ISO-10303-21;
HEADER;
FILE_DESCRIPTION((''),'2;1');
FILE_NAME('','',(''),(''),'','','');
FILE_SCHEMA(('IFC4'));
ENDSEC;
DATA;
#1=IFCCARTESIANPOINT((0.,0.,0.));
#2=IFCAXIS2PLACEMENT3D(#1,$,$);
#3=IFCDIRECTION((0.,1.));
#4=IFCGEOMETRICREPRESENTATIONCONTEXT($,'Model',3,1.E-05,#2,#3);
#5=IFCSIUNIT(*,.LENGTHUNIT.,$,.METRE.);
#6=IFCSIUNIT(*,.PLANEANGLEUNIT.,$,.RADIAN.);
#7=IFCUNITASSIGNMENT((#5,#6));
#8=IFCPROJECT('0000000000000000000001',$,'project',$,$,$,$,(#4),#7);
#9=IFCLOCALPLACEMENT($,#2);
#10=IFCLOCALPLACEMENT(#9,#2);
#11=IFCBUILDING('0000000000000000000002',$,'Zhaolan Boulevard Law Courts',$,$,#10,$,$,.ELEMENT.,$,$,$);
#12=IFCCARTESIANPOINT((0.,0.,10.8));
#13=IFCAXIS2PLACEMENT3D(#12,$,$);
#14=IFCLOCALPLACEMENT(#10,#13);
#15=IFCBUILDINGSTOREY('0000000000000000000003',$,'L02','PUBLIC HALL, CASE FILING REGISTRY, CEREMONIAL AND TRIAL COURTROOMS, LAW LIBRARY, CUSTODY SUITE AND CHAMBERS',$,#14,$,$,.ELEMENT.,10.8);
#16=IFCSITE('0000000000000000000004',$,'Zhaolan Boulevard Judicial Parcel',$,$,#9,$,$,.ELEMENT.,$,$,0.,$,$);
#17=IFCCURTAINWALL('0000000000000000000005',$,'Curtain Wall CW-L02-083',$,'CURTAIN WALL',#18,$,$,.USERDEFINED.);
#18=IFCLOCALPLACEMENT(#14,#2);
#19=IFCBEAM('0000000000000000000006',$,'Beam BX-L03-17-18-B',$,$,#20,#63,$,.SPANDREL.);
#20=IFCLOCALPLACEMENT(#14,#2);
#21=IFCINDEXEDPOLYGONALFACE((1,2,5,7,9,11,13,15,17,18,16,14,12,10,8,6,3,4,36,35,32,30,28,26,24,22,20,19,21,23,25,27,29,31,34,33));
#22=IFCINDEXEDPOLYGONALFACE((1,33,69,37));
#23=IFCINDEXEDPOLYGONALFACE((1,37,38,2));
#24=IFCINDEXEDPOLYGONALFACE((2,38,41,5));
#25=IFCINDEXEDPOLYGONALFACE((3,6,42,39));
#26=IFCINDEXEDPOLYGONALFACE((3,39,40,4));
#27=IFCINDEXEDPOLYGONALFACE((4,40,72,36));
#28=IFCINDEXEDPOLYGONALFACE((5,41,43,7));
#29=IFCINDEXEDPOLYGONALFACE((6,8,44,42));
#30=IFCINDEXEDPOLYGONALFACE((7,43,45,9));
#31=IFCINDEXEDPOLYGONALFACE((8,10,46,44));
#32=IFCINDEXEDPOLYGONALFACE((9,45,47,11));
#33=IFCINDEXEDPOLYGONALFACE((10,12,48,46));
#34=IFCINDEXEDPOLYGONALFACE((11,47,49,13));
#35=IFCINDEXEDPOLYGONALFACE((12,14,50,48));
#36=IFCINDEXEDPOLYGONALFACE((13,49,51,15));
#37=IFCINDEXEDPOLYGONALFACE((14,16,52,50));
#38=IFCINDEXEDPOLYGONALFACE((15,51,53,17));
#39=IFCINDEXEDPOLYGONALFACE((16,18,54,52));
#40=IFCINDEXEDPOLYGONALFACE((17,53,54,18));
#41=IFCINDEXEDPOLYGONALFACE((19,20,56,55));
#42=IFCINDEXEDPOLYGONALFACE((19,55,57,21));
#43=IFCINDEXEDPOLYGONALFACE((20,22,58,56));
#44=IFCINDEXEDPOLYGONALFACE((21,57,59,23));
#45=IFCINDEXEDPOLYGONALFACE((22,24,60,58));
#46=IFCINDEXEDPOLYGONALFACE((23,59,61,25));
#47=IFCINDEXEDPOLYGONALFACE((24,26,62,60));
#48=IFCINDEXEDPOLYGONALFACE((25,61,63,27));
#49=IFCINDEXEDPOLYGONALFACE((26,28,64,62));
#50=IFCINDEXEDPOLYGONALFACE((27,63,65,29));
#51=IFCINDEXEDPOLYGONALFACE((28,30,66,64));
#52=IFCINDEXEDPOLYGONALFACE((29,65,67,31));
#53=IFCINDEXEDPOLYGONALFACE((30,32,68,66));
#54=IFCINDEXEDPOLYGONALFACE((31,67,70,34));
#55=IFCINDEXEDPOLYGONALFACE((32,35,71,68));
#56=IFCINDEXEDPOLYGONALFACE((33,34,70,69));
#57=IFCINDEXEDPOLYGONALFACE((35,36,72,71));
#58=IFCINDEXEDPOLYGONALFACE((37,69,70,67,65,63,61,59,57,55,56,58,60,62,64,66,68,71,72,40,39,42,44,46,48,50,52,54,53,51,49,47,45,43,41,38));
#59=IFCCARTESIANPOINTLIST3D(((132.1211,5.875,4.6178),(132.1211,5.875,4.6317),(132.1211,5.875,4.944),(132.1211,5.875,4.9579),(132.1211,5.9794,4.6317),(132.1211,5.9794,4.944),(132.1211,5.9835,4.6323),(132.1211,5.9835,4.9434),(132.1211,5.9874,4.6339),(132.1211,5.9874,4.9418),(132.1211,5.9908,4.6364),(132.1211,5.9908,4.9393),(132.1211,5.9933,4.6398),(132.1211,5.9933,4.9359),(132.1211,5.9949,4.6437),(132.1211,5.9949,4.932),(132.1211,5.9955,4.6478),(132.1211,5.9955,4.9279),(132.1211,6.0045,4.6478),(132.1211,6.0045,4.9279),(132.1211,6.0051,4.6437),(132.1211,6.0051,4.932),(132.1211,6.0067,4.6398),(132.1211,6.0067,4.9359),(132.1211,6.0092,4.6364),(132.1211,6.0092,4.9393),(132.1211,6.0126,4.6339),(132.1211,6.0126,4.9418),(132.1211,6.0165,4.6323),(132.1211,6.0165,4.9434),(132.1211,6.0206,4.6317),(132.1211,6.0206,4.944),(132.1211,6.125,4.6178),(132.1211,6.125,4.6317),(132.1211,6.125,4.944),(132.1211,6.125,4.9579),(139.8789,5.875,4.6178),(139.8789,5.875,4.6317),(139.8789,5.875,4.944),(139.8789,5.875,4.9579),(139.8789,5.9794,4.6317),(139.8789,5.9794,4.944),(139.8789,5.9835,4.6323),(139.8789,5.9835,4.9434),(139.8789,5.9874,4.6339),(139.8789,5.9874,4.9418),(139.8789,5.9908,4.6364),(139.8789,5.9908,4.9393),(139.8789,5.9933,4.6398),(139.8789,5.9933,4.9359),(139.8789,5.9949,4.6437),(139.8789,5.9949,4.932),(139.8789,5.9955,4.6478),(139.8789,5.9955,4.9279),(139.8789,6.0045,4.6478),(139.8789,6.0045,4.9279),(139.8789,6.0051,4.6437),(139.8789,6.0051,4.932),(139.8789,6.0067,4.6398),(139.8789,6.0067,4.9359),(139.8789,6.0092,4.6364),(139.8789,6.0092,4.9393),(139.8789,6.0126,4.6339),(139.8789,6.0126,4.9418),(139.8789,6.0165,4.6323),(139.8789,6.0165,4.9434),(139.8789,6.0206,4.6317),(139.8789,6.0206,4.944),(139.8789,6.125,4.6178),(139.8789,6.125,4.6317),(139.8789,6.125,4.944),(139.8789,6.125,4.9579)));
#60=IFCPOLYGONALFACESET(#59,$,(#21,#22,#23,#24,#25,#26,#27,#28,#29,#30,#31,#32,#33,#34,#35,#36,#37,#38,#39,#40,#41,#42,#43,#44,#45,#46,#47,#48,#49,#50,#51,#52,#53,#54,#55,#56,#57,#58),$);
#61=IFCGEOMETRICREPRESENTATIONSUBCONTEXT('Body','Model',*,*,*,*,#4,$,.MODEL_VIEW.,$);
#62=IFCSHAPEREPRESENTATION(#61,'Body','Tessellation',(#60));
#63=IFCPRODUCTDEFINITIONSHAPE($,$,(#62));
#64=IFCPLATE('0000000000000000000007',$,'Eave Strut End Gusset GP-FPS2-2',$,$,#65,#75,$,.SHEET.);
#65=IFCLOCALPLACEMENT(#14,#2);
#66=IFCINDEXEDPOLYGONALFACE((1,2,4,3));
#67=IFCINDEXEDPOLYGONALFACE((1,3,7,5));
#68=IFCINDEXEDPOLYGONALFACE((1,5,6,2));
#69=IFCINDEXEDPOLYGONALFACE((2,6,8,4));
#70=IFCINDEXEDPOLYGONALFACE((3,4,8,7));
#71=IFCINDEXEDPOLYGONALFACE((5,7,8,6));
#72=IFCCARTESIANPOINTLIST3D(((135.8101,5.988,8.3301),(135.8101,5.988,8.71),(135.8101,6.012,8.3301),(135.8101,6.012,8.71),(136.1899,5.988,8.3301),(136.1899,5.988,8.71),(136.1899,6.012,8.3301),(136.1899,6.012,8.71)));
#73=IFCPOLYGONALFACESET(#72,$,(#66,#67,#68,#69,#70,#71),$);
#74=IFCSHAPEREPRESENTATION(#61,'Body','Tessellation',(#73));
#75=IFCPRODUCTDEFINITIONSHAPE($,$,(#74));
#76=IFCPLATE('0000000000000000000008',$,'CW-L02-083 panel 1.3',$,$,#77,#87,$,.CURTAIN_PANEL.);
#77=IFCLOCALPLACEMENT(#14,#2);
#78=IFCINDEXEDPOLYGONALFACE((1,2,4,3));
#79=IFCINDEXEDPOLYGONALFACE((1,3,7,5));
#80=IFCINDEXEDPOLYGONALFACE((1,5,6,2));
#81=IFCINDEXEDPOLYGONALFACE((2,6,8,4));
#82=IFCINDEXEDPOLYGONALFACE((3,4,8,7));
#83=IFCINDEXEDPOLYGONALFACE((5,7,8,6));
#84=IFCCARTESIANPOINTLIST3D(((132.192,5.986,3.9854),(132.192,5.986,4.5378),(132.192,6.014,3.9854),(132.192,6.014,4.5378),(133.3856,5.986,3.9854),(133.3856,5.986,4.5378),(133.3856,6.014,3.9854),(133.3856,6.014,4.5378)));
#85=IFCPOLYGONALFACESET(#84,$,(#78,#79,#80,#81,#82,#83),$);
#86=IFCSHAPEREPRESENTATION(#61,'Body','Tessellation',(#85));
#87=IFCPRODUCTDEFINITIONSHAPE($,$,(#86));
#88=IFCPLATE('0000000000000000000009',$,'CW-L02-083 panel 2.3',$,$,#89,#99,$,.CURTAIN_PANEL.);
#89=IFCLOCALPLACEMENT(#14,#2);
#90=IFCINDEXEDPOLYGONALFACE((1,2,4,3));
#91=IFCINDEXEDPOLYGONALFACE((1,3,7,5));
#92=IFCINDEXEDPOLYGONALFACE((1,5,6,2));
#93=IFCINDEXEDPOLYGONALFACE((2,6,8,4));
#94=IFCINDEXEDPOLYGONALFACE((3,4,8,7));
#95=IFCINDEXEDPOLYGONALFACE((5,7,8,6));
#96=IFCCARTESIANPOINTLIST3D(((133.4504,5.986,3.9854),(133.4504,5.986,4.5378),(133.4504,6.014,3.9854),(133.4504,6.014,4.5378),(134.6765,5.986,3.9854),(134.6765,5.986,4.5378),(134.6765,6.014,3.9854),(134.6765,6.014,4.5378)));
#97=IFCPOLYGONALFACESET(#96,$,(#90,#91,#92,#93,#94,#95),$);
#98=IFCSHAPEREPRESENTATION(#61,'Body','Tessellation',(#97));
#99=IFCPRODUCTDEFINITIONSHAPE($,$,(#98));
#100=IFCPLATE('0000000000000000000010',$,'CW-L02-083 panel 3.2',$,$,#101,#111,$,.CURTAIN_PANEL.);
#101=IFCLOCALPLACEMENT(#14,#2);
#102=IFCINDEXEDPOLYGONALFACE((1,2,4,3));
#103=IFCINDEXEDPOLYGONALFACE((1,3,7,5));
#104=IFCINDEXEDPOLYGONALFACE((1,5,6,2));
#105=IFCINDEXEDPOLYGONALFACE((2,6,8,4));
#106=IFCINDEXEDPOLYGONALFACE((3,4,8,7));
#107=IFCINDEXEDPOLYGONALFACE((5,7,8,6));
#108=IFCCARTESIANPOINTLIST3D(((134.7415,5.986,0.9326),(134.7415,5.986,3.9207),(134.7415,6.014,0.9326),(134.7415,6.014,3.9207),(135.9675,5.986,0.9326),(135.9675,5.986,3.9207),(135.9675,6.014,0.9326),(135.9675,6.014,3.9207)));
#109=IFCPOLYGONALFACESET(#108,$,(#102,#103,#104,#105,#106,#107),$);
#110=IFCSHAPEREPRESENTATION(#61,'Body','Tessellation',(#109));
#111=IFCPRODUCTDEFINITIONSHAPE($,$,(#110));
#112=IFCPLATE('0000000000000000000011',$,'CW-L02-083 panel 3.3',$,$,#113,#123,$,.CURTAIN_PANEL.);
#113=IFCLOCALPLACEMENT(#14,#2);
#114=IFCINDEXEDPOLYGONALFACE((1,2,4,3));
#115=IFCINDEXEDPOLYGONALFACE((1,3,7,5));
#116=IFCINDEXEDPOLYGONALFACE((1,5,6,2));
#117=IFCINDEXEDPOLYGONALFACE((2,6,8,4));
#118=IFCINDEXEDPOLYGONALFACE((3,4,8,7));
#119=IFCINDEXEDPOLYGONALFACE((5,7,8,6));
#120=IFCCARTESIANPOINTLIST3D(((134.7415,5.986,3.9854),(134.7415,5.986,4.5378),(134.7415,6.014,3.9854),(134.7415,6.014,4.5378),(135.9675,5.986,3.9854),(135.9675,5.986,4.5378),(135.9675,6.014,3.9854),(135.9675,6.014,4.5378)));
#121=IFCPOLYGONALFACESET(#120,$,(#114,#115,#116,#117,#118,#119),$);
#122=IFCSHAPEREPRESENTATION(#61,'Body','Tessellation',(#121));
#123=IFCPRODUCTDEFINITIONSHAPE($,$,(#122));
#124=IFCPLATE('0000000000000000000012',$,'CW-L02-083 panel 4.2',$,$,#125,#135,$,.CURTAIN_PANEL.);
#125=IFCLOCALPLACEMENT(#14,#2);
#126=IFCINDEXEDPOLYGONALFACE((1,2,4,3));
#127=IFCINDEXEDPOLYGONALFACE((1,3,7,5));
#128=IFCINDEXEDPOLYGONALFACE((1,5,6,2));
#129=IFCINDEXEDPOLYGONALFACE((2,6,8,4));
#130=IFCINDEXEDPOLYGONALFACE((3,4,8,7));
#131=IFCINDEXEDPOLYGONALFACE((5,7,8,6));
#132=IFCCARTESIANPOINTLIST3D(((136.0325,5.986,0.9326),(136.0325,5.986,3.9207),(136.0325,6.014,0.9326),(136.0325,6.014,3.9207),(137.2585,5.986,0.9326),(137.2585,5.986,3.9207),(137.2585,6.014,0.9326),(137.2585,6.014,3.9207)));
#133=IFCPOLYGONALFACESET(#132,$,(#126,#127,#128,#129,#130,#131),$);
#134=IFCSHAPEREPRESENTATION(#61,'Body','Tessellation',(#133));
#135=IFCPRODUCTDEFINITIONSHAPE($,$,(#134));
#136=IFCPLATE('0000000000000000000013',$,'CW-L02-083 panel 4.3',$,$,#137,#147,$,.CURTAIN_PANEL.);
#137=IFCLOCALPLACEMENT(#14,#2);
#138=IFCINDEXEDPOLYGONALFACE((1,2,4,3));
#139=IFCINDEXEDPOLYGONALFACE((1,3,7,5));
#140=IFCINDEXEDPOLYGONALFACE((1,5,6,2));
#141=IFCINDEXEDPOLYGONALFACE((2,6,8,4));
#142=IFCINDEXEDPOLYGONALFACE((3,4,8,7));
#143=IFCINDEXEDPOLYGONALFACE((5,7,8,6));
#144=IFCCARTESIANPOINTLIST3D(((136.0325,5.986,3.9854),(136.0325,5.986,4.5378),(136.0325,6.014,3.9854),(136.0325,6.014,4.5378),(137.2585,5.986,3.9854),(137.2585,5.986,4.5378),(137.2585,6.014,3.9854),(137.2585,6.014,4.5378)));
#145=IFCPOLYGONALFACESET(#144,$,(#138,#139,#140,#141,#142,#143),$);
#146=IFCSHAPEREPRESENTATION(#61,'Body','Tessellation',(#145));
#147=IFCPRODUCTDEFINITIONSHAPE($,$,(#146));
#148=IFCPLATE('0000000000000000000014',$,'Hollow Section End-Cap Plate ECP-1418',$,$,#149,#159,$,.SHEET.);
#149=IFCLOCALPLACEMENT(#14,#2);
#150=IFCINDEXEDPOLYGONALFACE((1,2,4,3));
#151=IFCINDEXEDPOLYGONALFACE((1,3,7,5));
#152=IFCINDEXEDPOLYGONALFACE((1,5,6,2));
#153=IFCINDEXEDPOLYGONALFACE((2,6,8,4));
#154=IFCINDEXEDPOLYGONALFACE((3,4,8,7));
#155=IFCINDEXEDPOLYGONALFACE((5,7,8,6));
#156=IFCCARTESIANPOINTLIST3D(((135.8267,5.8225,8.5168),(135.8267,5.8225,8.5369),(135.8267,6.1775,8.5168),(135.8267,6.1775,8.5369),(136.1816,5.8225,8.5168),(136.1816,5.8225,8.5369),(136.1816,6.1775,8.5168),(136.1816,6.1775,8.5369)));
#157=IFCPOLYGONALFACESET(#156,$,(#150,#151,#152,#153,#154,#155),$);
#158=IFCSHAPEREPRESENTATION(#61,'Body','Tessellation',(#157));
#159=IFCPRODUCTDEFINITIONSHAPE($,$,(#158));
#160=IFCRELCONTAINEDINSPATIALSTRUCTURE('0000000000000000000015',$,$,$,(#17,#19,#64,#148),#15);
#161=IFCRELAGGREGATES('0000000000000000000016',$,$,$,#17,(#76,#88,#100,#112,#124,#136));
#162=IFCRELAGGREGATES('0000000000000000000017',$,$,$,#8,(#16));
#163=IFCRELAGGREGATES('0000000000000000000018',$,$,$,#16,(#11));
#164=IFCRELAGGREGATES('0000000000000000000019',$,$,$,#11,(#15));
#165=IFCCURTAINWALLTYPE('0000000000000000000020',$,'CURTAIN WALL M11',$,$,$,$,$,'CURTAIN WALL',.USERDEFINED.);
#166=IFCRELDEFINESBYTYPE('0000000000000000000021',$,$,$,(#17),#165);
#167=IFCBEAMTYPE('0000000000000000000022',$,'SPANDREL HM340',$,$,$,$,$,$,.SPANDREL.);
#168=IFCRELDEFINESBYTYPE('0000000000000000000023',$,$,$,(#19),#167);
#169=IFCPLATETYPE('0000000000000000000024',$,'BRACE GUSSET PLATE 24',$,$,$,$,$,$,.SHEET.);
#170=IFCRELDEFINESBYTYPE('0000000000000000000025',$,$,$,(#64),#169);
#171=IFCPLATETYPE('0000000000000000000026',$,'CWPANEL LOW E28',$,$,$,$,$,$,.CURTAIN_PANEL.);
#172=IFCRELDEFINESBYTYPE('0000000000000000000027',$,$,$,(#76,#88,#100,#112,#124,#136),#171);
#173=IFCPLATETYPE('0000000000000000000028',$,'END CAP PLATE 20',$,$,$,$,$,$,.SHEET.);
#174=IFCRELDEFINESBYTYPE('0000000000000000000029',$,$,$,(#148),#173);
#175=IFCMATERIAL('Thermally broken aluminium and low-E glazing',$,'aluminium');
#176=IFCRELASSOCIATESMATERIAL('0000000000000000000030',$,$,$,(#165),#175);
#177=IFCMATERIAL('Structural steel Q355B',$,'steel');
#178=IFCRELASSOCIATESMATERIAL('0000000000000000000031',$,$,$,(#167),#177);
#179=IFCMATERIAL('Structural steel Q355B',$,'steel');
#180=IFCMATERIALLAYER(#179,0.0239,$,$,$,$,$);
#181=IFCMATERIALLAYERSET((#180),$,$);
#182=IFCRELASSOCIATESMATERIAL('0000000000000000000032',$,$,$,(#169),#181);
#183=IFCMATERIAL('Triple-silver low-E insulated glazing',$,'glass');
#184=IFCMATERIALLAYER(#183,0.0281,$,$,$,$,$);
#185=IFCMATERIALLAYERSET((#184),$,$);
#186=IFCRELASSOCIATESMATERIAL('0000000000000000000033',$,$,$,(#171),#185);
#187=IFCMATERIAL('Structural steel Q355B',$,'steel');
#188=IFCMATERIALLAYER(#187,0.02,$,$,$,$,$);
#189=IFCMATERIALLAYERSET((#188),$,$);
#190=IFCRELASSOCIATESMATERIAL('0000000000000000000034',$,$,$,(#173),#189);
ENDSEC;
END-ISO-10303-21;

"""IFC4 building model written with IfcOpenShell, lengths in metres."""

from ifc_helpers import new_model, si_unit, direction, frame, origin, origin_2d, place, context, subcontext, project, spatial, rectangle, i_section, extrude, material, layer, layer_set, material_profile, profile_set, type_object, element, aggregate, save


model = new_model("IFC4")

# Units and contexts
model_context = context("Model", 3, precision=1e-05, world=origin(), true_north=direction((0.0, 1.0)))
body_context = subcontext(model_context, "Body", "Model", "MODEL_VIEW")
ifc_project = project(units=[si_unit("LENGTHUNIT", "METRE"), si_unit("PLANEANGLEUNIT", "RADIAN")], contexts=[model_context])

# Site, building, storey
site_placement = place(None, origin())
site = spatial("IfcSite", under=ifc_project, at=site_placement, Name="Zhaolan Boulevard Judicial Parcel", CompositionType="ELEMENT", RefElevation=0.0)
building_placement = place(site_placement, origin())
building = spatial("IfcBuilding", under=site, at=building_placement, Name="Zhaolan Boulevard Law Courts", CompositionType="ELEMENT")
storey_placement = place(building_placement, frame((0.0, 0.0, 10.8)))
storey = spatial("IfcBuildingStorey", under=building, at=storey_placement, Name="L02", Description="PUBLIC HALL, CASE FILING REGISTRY, CEREMONIAL AND TRIAL COURTROOMS, LAW LIBRARY, CUSTODY SUITE AND CHAMBERS", CompositionType="ELEMENT", Elevation=10.8)

# Curtain wall
ifc_material_1 = material(Name="Thermally broken aluminium and low-E glazing", Category="aluminium")
curtain_wall_type = type_object("IfcCurtainWallType", Name="CURTAIN WALL M11", ElementType="CURTAIN WALL", PredefinedType="USERDEFINED", material=ifc_material_1)
curtain_wall_placement = place(storey_placement, origin())
curtain_wall = element("IfcCurtainWall", 1, at=curtain_wall_placement, inside=storey, type_object=curtain_wall_type, Name="Curtain Wall CW-L02-083", ObjectType="CURTAIN WALL", PredefinedType="USERDEFINED")

# Beam
ifc_material_2 = material(Name="Structural steel Q355B", Category="steel")
ifc_material_profile_1 = material_profile(ifc_material_2, i_section(OverallWidth=0.25, OverallDepth=0.3401, WebThickness=0.009, FlangeThickness=0.0139, FilletRadius=0.0161, at=origin_2d()), Name="HM340x250")
ifc_profile_set_1 = profile_set([ifc_material_profile_1], Name="Structural steel Q355B")
beam_type_1 = type_object("IfcBeamType", Name="SPANDREL HM340", PredefinedType="SPANDREL", material=ifc_profile_set_1)
beam_1_placement = place(storey_placement, frame((132.1211, 6.0, 4.7878), z_axis=(1.0, 0.0, 0.0), x_axis=(0.0, 1.0, 0.0)))
element("IfcBeam", 2, at=beam_1_placement, inside=storey, type_object=beam_type_1, Name="Beam BX-L03-17-18-B", PredefinedType="SPANDREL", context=body_context, shape_type="SweptSolid", body=[
    extrude(i_section(OverallWidth=0.25, OverallDepth=0.3401, WebThickness=0.009, FlangeThickness=0.0139, FilletRadius=0.0161, at=origin_2d()), origin(), (0.0, 0.0, 1.0), 7.7578),
])

# Plates
ifc_material_3 = material(Name="Structural steel Q355B", Category="steel")
ifc_layer_1 = layer(ifc_material_3, 0.0239)
ifc_layer_set_1 = layer_set([ifc_layer_1])
plate_type_1 = type_object("IfcPlateType", Name="BRACE GUSSET PLATE 24", PredefinedType="SHEET", material=ifc_layer_set_1)
plate_1_placement = place(storey_placement, frame((136.0, 6.0, 8.3301), z_axis=(0.0, 0.0, 1.0), x_axis=(1.0, 0.0, 0.0)))
element("IfcPlate", 3, at=plate_1_placement, inside=storey, type_object=plate_type_1, Name="Eave Strut End Gusset GP-FPS2-2", PredefinedType="SHEET", context=body_context, shape_type="SweptSolid", body=[
    extrude(rectangle(XDim=0.3799, YDim=0.0239, at=origin_2d()), origin(), (0.0, 0.0, 1.0), 0.3799),
])
ifc_material_4 = material(Name="Triple-silver low-E insulated glazing", Category="glass")
ifc_layer_2 = layer(ifc_material_4, 0.0281)
ifc_layer_set_2 = layer_set([ifc_layer_2])
plate_type_2 = type_object("IfcPlateType", Name="CWPANEL LOW E28", PredefinedType="CURTAIN_PANEL", material=ifc_layer_set_2)
plate_2_placement = place(storey_placement, frame((132.7888, 6.0, 3.9854), z_axis=(0.0, 0.0, 1.0), x_axis=(1.0, 0.0, 0.0)))
plate_2 = element("IfcPlate", 4, at=plate_2_placement, type_object=plate_type_2, Name="CW-L02-083 panel 1.3", PredefinedType="CURTAIN_PANEL", context=body_context, shape_type="SweptSolid", body=[
    extrude(rectangle(XDim=1.1936, YDim=0.0281, at=origin_2d()), origin(), (0.0, 0.0, 1.0), 0.5525),
])
plate_3_placement = place(storey_placement, frame((134.0635, 6.0, 3.9854), z_axis=(0.0, 0.0, 1.0), x_axis=(1.0, 0.0, 0.0)))
plate_3 = element("IfcPlate", 5, at=plate_3_placement, type_object=plate_type_2, Name="CW-L02-083 panel 2.3", PredefinedType="CURTAIN_PANEL", context=body_context, shape_type="SweptSolid", body=[
    extrude(rectangle(XDim=1.2261, YDim=0.0281, at=origin_2d()), origin(), (0.0, 0.0, 1.0), 0.5525),
])
plate_4_placement = place(storey_placement, frame((135.3545, 6.0, 0.9326), z_axis=(0.0, 0.0, 1.0), x_axis=(1.0, 0.0, 0.0)))
plate_4 = element("IfcPlate", 6, at=plate_4_placement, type_object=plate_type_2, Name="CW-L02-083 panel 3.2", PredefinedType="CURTAIN_PANEL", context=body_context, shape_type="SweptSolid", body=[
    extrude(rectangle(XDim=1.2261, YDim=0.0281, at=origin_2d()), origin(), (0.0, 0.0, 1.0), 2.988),
])
plate_5_placement = place(storey_placement, frame((135.3545, 6.0, 3.9854), z_axis=(0.0, 0.0, 1.0), x_axis=(1.0, 0.0, 0.0)))
plate_5 = element("IfcPlate", 7, at=plate_5_placement, type_object=plate_type_2, Name="CW-L02-083 panel 3.3", PredefinedType="CURTAIN_PANEL", context=body_context, shape_type="SweptSolid", body=[
    extrude(rectangle(XDim=1.2261, YDim=0.0281, at=origin_2d()), origin(), (0.0, 0.0, 1.0), 0.5525),
])
plate_6_placement = place(storey_placement, frame((136.6455, 6.0, 0.9326), z_axis=(0.0, 0.0, 1.0), x_axis=(1.0, 0.0, 0.0)))
plate_6 = element("IfcPlate", 8, at=plate_6_placement, type_object=plate_type_2, Name="CW-L02-083 panel 4.2", PredefinedType="CURTAIN_PANEL", context=body_context, shape_type="SweptSolid", body=[
    extrude(rectangle(XDim=1.2261, YDim=0.0281, at=origin_2d()), origin(), (0.0, 0.0, 1.0), 2.988),
])
plate_7_placement = place(storey_placement, frame((136.6455, 6.0, 3.9854), z_axis=(0.0, 0.0, 1.0), x_axis=(1.0, 0.0, 0.0)))
plate_7 = element("IfcPlate", 9, at=plate_7_placement, type_object=plate_type_2, Name="CW-L02-083 panel 4.3", PredefinedType="CURTAIN_PANEL", context=body_context, shape_type="SweptSolid", body=[
    extrude(rectangle(XDim=1.2261, YDim=0.0281, at=origin_2d()), origin(), (0.0, 0.0, 1.0), 0.5525),
])
aggregate(curtain_wall, [plate_2, plate_3, plate_4, plate_5, plate_6, plate_7])
ifc_material_5 = material(Name="Structural steel Q355B", Category="steel")
ifc_layer_3 = layer(ifc_material_5, 0.02)
ifc_layer_set_3 = layer_set([ifc_layer_3])
plate_type_3 = type_object("IfcPlateType", Name="END CAP PLATE 20", PredefinedType="SHEET", material=ifc_layer_set_3)
plate_8_placement = place(storey_placement, frame((136.0042, 6.0, 8.5168), z_axis=(0.0, 0.0, 1.0), x_axis=(1.0, 0.0, 0.0)))
element("IfcPlate", 10, at=plate_8_placement, inside=storey, type_object=plate_type_3, Name="Hollow Section End-Cap Plate ECP-1418", PredefinedType="SHEET", context=body_context, shape_type="SweptSolid", body=[
    extrude(rectangle(XDim=0.355, YDim=0.355, at=origin_2d()), origin(), (0.0, 0.0, 1.0), 0.02),
])

save(model, "model.ifc")
